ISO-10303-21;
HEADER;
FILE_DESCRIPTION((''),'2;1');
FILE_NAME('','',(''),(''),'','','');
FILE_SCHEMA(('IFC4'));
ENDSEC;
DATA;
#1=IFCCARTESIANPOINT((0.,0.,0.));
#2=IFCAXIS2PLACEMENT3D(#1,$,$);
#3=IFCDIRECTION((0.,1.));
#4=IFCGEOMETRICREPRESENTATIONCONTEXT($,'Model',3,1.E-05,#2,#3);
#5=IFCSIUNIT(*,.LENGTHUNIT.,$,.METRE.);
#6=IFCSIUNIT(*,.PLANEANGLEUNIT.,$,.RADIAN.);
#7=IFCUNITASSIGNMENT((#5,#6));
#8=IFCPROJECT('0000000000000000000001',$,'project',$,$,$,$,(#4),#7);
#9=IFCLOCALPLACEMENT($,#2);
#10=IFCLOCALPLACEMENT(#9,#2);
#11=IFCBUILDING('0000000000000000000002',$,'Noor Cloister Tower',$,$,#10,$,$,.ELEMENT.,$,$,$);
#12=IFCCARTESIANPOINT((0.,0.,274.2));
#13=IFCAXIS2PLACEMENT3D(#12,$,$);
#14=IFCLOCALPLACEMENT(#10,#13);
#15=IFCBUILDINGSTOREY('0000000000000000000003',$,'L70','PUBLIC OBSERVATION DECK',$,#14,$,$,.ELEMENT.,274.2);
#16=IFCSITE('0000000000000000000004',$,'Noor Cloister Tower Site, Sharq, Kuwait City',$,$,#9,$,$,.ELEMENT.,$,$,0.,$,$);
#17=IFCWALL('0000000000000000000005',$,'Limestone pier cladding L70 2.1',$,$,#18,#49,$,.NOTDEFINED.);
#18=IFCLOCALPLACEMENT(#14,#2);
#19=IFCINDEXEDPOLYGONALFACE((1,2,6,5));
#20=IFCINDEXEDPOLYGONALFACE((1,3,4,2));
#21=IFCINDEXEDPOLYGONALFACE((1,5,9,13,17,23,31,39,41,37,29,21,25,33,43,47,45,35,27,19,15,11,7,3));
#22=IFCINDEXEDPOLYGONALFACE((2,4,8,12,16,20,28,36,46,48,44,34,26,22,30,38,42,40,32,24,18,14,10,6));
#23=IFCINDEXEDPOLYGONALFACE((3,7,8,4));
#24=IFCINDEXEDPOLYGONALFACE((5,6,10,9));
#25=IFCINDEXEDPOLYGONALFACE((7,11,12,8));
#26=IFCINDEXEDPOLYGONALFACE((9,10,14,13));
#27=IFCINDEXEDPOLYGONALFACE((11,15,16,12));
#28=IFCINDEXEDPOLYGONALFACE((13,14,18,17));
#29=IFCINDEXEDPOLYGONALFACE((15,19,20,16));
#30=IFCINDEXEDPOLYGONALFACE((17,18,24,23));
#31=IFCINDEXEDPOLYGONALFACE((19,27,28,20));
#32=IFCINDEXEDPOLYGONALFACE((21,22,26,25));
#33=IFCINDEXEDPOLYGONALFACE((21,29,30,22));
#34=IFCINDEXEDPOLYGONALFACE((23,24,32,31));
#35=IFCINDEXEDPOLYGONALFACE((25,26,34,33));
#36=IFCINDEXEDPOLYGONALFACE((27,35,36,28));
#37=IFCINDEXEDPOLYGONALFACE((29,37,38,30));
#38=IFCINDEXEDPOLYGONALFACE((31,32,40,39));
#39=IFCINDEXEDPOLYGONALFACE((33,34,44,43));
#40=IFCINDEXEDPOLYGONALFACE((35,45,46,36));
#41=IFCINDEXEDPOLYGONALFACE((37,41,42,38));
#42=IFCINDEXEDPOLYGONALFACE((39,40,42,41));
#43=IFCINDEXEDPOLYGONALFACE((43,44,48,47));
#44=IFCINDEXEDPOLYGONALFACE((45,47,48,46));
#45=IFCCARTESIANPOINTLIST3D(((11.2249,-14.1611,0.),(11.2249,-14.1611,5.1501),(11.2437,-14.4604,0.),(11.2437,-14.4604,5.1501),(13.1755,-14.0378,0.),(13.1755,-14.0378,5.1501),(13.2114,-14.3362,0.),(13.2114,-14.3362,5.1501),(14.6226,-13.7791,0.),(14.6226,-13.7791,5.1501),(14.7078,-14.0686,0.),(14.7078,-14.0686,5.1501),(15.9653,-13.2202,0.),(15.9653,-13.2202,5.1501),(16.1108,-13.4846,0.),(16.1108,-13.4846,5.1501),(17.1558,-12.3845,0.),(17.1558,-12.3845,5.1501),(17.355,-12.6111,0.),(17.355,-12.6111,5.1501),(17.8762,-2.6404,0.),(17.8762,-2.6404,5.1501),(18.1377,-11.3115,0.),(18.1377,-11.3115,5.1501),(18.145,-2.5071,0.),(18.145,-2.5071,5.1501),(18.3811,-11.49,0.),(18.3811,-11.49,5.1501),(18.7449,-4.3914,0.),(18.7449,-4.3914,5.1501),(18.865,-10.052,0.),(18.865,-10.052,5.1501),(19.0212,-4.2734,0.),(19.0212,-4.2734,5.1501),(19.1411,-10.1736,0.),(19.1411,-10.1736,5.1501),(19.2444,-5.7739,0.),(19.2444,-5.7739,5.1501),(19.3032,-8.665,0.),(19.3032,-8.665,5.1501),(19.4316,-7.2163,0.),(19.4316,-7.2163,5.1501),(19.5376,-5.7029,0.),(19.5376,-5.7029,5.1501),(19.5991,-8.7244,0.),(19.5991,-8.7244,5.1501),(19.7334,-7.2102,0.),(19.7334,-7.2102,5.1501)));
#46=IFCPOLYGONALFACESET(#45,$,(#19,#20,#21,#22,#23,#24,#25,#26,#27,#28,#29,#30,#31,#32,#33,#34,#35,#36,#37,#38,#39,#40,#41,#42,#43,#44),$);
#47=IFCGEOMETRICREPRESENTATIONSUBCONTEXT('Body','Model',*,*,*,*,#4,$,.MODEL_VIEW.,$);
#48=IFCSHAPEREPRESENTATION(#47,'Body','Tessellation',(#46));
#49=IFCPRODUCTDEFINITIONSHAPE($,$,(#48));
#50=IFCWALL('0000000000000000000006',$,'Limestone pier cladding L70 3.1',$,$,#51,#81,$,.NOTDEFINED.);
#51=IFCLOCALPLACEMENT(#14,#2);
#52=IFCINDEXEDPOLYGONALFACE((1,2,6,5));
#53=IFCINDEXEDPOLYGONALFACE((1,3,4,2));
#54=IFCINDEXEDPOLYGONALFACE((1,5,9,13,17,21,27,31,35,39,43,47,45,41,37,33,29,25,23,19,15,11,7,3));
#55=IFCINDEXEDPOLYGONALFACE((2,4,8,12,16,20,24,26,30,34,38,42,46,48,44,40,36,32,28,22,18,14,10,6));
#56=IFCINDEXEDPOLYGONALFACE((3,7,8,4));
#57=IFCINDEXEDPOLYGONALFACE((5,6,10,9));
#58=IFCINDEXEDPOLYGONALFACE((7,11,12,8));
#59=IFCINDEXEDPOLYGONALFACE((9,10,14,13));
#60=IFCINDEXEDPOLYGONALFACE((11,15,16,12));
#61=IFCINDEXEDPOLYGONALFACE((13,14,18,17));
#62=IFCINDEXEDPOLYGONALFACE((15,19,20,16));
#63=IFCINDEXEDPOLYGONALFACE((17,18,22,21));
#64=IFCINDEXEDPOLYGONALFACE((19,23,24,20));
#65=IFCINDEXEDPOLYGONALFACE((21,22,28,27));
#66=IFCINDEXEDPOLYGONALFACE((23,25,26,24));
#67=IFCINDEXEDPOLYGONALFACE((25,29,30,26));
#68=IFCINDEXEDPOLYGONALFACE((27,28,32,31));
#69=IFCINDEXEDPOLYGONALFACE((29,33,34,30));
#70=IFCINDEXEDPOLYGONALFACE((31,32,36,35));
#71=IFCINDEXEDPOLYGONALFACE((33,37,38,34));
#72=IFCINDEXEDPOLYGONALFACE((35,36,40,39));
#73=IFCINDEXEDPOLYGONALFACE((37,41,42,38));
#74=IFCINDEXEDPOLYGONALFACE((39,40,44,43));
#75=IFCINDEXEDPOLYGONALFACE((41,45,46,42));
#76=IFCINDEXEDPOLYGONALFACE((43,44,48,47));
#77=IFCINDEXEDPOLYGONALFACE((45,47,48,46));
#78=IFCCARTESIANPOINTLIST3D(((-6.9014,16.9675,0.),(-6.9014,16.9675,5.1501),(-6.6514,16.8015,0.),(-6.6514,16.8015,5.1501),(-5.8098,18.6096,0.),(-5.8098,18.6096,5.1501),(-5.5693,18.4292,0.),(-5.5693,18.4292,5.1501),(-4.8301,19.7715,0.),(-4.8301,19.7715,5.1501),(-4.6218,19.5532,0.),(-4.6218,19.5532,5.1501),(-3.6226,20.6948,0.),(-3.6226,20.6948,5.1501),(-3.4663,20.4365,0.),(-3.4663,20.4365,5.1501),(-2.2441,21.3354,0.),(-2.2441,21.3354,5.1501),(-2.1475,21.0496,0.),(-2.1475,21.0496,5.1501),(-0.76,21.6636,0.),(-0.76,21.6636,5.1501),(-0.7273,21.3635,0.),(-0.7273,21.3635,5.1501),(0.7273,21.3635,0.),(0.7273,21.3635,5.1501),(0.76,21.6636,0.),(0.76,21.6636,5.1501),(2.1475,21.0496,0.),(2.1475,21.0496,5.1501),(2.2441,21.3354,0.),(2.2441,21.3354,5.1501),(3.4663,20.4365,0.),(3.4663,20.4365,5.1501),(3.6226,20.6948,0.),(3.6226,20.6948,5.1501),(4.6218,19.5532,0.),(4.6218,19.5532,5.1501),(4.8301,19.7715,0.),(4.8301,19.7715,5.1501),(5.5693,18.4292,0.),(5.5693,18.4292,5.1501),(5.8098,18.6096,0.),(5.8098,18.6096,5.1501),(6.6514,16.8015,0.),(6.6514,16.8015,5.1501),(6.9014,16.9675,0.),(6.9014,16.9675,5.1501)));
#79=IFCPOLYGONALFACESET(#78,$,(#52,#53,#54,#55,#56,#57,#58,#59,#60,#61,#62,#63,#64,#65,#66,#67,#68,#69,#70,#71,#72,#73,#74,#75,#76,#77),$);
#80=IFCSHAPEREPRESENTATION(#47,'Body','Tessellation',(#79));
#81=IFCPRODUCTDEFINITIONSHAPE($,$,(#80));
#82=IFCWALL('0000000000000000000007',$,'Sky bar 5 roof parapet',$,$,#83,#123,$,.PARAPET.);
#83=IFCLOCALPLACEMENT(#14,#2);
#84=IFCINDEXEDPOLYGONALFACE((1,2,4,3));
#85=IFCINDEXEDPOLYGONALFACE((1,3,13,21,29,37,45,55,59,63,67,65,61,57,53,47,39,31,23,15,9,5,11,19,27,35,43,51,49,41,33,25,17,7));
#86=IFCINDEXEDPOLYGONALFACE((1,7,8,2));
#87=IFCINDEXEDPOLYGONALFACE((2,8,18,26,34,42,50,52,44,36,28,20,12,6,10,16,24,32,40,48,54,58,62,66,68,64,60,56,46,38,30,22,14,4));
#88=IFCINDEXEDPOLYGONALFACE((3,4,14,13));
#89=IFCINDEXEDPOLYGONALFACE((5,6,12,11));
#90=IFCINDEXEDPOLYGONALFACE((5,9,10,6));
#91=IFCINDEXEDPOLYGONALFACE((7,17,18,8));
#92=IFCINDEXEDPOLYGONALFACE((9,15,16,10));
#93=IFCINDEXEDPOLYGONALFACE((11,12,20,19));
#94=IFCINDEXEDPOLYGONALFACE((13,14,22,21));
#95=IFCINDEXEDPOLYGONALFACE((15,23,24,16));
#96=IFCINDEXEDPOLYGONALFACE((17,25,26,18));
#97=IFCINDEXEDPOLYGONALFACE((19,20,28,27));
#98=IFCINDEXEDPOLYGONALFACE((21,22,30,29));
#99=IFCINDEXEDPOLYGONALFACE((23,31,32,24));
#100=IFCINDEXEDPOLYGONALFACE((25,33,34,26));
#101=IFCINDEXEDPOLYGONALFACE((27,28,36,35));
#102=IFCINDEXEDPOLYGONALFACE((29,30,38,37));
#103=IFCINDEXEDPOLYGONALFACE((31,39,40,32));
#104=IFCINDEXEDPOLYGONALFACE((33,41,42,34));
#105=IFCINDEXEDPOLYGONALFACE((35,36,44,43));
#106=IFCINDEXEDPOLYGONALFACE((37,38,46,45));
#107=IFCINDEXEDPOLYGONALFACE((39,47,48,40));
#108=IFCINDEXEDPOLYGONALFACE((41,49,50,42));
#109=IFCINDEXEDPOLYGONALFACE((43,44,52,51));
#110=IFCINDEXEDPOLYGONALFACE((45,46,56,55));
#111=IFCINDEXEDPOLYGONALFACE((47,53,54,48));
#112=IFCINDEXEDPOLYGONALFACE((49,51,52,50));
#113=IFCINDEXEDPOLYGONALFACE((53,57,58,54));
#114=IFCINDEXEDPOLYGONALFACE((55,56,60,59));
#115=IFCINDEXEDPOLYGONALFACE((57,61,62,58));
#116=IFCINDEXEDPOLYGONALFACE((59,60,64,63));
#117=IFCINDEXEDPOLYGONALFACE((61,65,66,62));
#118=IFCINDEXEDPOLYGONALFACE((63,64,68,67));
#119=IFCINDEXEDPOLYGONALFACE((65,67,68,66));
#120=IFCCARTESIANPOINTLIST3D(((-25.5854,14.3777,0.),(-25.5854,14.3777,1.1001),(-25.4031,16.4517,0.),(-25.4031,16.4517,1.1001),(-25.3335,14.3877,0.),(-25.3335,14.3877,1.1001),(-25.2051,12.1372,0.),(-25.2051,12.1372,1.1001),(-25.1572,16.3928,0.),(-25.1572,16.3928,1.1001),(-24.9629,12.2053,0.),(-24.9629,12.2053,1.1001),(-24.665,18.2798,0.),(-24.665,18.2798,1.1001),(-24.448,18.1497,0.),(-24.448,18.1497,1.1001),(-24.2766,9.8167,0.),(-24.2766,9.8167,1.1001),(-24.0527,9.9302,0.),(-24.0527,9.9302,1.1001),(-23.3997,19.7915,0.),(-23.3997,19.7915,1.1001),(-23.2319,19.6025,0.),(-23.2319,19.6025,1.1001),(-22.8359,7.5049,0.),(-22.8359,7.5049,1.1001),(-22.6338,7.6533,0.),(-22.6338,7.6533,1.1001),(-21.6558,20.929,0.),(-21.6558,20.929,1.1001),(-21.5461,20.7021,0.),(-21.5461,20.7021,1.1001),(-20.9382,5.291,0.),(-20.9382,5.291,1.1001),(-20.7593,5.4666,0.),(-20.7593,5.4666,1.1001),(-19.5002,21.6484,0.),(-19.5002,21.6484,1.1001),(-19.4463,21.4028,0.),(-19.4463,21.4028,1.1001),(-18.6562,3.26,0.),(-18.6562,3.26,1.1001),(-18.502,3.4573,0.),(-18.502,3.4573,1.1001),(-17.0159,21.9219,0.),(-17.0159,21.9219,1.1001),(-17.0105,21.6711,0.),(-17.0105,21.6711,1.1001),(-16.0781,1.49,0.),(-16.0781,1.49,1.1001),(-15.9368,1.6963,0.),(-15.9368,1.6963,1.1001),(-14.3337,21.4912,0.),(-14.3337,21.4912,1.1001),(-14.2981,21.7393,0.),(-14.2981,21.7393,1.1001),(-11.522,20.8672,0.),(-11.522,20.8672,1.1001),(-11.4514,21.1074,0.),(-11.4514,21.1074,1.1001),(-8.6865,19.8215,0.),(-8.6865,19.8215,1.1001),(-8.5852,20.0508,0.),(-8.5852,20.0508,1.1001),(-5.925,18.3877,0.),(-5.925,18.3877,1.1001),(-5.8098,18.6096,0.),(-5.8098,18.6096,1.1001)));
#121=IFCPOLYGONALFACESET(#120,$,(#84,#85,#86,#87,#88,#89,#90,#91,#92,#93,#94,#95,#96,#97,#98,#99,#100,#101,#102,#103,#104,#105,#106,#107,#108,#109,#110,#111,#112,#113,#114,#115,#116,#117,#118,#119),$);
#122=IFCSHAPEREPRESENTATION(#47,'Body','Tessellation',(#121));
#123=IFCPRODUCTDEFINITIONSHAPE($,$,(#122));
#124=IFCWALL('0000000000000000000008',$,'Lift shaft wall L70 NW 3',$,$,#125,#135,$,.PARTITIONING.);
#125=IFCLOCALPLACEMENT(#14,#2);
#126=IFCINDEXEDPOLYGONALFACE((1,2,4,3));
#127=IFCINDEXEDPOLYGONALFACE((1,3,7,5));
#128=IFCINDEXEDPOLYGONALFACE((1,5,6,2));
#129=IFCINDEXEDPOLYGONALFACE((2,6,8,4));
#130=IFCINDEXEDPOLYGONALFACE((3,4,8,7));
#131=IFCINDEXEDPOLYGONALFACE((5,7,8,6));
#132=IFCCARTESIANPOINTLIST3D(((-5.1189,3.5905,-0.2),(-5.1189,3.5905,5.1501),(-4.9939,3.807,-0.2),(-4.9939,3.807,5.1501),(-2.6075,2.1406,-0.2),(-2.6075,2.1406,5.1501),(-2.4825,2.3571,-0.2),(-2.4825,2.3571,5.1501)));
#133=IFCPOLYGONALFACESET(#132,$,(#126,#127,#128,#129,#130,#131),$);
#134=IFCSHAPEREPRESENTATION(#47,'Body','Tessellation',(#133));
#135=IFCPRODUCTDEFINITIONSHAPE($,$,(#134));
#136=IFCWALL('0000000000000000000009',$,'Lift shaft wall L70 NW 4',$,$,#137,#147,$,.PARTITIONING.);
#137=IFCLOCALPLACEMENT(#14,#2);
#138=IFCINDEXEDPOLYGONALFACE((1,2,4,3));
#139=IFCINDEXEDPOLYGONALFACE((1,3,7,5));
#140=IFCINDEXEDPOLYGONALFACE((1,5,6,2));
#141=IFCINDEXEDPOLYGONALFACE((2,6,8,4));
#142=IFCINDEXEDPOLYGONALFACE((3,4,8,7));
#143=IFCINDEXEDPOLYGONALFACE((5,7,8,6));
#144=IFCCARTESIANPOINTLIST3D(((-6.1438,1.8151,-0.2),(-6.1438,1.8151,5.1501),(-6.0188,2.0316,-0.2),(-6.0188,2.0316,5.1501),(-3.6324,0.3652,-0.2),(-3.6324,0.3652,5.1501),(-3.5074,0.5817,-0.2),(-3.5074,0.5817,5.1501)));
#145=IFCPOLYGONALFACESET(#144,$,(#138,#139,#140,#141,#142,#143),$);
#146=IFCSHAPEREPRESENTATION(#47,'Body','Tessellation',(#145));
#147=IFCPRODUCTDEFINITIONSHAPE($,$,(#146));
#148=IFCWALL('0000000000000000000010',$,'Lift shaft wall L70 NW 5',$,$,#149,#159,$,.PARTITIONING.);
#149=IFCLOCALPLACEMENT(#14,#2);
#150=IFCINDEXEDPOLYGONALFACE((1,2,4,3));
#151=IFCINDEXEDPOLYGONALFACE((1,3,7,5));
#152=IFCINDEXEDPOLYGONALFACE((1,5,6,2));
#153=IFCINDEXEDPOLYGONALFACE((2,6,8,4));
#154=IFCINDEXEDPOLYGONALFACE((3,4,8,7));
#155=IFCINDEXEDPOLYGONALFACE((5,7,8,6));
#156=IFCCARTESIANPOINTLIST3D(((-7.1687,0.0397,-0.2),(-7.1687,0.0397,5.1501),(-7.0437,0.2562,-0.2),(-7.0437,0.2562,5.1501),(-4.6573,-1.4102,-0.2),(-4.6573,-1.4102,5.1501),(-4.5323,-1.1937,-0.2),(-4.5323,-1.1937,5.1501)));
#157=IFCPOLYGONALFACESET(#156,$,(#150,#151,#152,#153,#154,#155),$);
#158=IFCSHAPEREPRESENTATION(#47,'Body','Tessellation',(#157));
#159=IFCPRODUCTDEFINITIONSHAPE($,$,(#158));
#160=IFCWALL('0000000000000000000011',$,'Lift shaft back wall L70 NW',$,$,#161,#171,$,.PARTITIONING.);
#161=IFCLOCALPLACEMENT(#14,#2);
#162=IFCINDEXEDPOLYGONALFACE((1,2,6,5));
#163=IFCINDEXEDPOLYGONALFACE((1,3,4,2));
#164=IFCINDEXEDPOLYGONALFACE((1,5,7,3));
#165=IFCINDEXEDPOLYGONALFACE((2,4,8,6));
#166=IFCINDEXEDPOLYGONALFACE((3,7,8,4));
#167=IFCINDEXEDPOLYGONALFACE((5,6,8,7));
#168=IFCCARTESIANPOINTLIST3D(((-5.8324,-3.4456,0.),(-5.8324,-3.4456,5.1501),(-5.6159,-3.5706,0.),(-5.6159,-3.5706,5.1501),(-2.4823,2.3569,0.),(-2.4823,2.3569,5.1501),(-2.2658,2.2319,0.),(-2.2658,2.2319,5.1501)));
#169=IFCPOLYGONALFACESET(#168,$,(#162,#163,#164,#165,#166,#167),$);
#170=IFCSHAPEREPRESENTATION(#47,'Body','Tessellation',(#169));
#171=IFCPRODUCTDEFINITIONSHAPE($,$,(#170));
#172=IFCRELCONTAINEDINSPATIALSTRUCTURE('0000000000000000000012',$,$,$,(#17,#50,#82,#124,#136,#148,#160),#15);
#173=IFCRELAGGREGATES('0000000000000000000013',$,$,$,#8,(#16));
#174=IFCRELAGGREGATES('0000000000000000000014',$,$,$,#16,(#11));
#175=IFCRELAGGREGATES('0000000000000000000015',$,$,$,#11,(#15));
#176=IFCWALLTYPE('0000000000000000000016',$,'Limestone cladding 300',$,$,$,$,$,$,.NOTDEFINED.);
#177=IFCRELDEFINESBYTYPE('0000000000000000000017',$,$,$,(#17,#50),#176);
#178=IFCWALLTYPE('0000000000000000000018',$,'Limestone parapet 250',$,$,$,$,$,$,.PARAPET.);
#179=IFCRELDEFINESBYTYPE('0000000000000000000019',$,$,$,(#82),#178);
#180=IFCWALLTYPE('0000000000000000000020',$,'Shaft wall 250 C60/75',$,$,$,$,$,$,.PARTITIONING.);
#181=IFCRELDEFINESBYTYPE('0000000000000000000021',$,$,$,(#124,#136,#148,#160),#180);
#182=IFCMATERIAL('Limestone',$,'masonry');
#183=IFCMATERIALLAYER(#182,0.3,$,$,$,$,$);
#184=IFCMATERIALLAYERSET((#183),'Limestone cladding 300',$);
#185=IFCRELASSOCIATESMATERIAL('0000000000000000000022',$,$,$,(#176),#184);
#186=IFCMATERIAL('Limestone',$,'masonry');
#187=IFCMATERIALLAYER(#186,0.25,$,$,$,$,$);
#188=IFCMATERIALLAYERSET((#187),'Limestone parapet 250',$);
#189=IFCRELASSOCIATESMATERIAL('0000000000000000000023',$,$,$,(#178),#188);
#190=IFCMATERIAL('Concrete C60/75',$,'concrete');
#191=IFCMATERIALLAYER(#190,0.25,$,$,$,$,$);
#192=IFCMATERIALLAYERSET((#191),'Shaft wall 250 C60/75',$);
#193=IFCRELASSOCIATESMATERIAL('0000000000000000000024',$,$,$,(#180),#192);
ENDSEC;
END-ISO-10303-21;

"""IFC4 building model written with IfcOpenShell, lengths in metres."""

from ifc_helpers import new_model, si_unit, direction, frame, frame_2d, origin, place, context, subcontext, project, spatial, polyline, rectangle, outline, extrude, material, layer, layer_set, type_object, element, save


model = new_model("IFC4")

# Units and contexts
model_context = context("Model", 3, precision=1e-05, world=origin(), true_north=direction((0.0, 1.0)))
body_context = subcontext(model_context, "Body", "Model", "MODEL_VIEW")
ifc_project = project(units=[si_unit("LENGTHUNIT", "METRE"), si_unit("PLANEANGLEUNIT", "RADIAN")], contexts=[model_context])

# Site, building, storey
site_placement = place(None, origin())
site = spatial("IfcSite", under=ifc_project, at=site_placement, Name="Noor Cloister Tower Site, Sharq, Kuwait City", CompositionType="ELEMENT", RefElevation=0.0)
building_placement = place(site_placement, origin())
building = spatial("IfcBuilding", under=site, at=building_placement, Name="Noor Cloister Tower", CompositionType="ELEMENT")
storey_placement = place(building_placement, frame((0.0, 0.0, 274.2)))
storey = spatial("IfcBuildingStorey", under=building, at=storey_placement, Name="L70", Description="PUBLIC OBSERVATION DECK", CompositionType="ELEMENT", Elevation=274.2)

# Walls
ifc_material_1 = material(Name="Limestone", Category="masonry")
ifc_layer_1 = layer(ifc_material_1, 0.3)
ifc_layer_set_1 = layer_set([ifc_layer_1], Name="Limestone cladding 300")
wall_type_1 = type_object("IfcWallType", Name="Limestone cladding 300", PredefinedType="NOTDEFINED", material=ifc_layer_set_1)
wall_1_placement = place(storey_placement, origin())
element("IfcWall", 1, at=wall_1_placement, inside=storey, type_object=wall_type_1, Name="Limestone pier cladding L70 2.1", PredefinedType="NOTDEFINED", context=body_context, shape_type="SweptSolid", body=[
    extrude(outline(polyline([(11.2437, -14.4604), (13.2114, -14.3362), (14.7078, -14.0686), (16.1108, -13.4846), (17.355, -12.6111), (18.3811, -11.49), (19.1411, -10.1736), (19.5991, -8.7244), (19.7334, -7.2102), (19.5376, -5.7029), (19.0212, -4.2734), (18.145, -2.5071), (17.8762, -2.6404), (18.7449, -4.3914), (19.2444, -5.7739), (19.4316, -7.2163), (19.3032, -8.665), (18.865, -10.052), (18.1377, -11.3115), (17.1558, -12.3845), (15.9653, -13.2202), (14.6226, -13.7791), (13.1755, -14.0378), (11.2249, -14.1611), (11.2437, -14.4604)])), origin(), (0.0, 0.0, 1.0), 5.1501),
])
wall_2_placement = place(storey_placement, origin())
element("IfcWall", 2, at=wall_2_placement, inside=storey, type_object=wall_type_1, Name="Limestone pier cladding L70 3.1", PredefinedType="NOTDEFINED", context=body_context, shape_type="SweptSolid", body=[
    extrude(outline(polyline([(6.9014, 16.9675), (5.8098, 18.6096), (4.8301, 19.7715), (3.6226, 20.6948), (2.2441, 21.3354), (0.76, 21.6636), (-0.76, 21.6636), (-2.2441, 21.3354), (-3.6226, 20.6948), (-4.8301, 19.7715), (-5.8098, 18.6096), (-6.9014, 16.9675), (-6.6514, 16.8015), (-5.5693, 18.4292), (-4.6218, 19.5532), (-3.4663, 20.4365), (-2.1475, 21.0496), (-0.7273, 21.3635), (0.7273, 21.3635), (2.1475, 21.0496), (3.4663, 20.4365), (4.6218, 19.5532), (5.5693, 18.4292), (6.6514, 16.8015), (6.9014, 16.9675)])), origin(), (0.0, 0.0, 1.0), 5.1501),
])
ifc_material_2 = material(Name="Limestone", Category="masonry")
ifc_layer_2 = layer(ifc_material_2, 0.25)
ifc_layer_set_2 = layer_set([ifc_layer_2], Name="Limestone parapet 250")
wall_type_2 = type_object("IfcWallType", Name="Limestone parapet 250", PredefinedType="PARAPET", material=ifc_layer_set_2)
wall_3_placement = place(storey_placement, origin())
element("IfcWall", 3, at=wall_3_placement, inside=storey, type_object=wall_type_2, Name="Sky bar 5 roof parapet", PredefinedType="PARAPET", context=body_context, shape_type="SweptSolid", body=[
    extrude(outline(polyline([(-5.8098, 18.6096), (-8.5852, 20.0508), (-11.4514, 21.1074), (-14.2981, 21.7393), (-17.0159, 21.9219), (-19.5002, 21.6484), (-21.6558, 20.929), (-23.3997, 19.7915), (-24.665, 18.2798), (-25.4031, 16.4517), (-25.5854, 14.3777), (-25.2051, 12.1372), (-24.2766, 9.8167), (-22.8359, 7.5049), (-20.9382, 5.291), (-18.6562, 3.26), (-16.0781, 1.49), (-15.9368, 1.6963), (-18.502, 3.4573), (-20.7593, 5.4666), (-22.6338, 7.6533), (-24.0527, 9.9302), (-24.9629, 12.2053), (-25.3335, 14.3877), (-25.1572, 16.3928), (-24.448, 18.1497), (-23.2319, 19.6025), (-21.5461, 20.7021), (-19.4463, 21.4028), (-17.0105, 21.6711), (-14.3337, 21.4912), (-11.522, 20.8672), (-8.6865, 19.8215), (-5.925, 18.3877), (-5.8098, 18.6096)])), origin(), (0.0, 0.0, 1.0), 1.1001),
])
ifc_material_3 = material(Name="Concrete C60/75", Category="concrete")
ifc_layer_3 = layer(ifc_material_3, 0.25)
ifc_layer_set_3 = layer_set([ifc_layer_3], Name="Shaft wall 250 C60/75")
wall_type_3 = type_object("IfcWallType", Name="Shaft wall 250 C60/75", PredefinedType="PARTITIONING", material=ifc_layer_set_3)
for number, where, z_axis, x_axis, name in (
    (4, (-5.0564, 3.6987, -0.2), (0.0, 0.0, 1.0), (0.866033, -0.499987, 0.0), "Lift shaft wall L70 NW 3"),
    (5, (-6.0813, 1.9233, -0.2), (0.0, 0.0, 1.0), (0.866033, -0.499987, 0.0), "Lift shaft wall L70 NW 4"),
    (6, (-7.1062, 0.1479, -0.2), (0.0, 0.0, 1.0), (0.866033, -0.499987, 0.0), "Lift shaft wall L70 NW 5"),
):
    element("IfcWall", number, at=place(storey_placement, frame(where, z_axis=z_axis, x_axis=x_axis)), inside=storey, type_object=wall_type_3, Name=name, PredefinedType="PARTITIONING", context=body_context, shape_type="SweptSolid", body=[
        extrude(rectangle(XDim=2.8999, YDim=0.25, at=frame_2d((1.45, 0.0))), origin(), (0.0, 0.0, 1.0), 5.3501),
    ])
wall_4_placement = place(storey_placement, frame((-2.374, 2.2944, 0.0), z_axis=(0.0, 0.0, 1.0), x_axis=(-0.500003, -0.866024, 0.0)))
element("IfcWall", 7, at=wall_4_placement, inside=storey, type_object=wall_type_3, Name="Lift shaft back wall L70 NW", PredefinedType="PARTITIONING", context=body_context, shape_type="SweptSolid", body=[
    extrude(rectangle(XDim=6.7002, YDim=0.25, at=frame_2d((3.3501, 0.0))), origin(), (0.0, 0.0, 1.0), 5.1501),
])

save(model, "model.ifc")
